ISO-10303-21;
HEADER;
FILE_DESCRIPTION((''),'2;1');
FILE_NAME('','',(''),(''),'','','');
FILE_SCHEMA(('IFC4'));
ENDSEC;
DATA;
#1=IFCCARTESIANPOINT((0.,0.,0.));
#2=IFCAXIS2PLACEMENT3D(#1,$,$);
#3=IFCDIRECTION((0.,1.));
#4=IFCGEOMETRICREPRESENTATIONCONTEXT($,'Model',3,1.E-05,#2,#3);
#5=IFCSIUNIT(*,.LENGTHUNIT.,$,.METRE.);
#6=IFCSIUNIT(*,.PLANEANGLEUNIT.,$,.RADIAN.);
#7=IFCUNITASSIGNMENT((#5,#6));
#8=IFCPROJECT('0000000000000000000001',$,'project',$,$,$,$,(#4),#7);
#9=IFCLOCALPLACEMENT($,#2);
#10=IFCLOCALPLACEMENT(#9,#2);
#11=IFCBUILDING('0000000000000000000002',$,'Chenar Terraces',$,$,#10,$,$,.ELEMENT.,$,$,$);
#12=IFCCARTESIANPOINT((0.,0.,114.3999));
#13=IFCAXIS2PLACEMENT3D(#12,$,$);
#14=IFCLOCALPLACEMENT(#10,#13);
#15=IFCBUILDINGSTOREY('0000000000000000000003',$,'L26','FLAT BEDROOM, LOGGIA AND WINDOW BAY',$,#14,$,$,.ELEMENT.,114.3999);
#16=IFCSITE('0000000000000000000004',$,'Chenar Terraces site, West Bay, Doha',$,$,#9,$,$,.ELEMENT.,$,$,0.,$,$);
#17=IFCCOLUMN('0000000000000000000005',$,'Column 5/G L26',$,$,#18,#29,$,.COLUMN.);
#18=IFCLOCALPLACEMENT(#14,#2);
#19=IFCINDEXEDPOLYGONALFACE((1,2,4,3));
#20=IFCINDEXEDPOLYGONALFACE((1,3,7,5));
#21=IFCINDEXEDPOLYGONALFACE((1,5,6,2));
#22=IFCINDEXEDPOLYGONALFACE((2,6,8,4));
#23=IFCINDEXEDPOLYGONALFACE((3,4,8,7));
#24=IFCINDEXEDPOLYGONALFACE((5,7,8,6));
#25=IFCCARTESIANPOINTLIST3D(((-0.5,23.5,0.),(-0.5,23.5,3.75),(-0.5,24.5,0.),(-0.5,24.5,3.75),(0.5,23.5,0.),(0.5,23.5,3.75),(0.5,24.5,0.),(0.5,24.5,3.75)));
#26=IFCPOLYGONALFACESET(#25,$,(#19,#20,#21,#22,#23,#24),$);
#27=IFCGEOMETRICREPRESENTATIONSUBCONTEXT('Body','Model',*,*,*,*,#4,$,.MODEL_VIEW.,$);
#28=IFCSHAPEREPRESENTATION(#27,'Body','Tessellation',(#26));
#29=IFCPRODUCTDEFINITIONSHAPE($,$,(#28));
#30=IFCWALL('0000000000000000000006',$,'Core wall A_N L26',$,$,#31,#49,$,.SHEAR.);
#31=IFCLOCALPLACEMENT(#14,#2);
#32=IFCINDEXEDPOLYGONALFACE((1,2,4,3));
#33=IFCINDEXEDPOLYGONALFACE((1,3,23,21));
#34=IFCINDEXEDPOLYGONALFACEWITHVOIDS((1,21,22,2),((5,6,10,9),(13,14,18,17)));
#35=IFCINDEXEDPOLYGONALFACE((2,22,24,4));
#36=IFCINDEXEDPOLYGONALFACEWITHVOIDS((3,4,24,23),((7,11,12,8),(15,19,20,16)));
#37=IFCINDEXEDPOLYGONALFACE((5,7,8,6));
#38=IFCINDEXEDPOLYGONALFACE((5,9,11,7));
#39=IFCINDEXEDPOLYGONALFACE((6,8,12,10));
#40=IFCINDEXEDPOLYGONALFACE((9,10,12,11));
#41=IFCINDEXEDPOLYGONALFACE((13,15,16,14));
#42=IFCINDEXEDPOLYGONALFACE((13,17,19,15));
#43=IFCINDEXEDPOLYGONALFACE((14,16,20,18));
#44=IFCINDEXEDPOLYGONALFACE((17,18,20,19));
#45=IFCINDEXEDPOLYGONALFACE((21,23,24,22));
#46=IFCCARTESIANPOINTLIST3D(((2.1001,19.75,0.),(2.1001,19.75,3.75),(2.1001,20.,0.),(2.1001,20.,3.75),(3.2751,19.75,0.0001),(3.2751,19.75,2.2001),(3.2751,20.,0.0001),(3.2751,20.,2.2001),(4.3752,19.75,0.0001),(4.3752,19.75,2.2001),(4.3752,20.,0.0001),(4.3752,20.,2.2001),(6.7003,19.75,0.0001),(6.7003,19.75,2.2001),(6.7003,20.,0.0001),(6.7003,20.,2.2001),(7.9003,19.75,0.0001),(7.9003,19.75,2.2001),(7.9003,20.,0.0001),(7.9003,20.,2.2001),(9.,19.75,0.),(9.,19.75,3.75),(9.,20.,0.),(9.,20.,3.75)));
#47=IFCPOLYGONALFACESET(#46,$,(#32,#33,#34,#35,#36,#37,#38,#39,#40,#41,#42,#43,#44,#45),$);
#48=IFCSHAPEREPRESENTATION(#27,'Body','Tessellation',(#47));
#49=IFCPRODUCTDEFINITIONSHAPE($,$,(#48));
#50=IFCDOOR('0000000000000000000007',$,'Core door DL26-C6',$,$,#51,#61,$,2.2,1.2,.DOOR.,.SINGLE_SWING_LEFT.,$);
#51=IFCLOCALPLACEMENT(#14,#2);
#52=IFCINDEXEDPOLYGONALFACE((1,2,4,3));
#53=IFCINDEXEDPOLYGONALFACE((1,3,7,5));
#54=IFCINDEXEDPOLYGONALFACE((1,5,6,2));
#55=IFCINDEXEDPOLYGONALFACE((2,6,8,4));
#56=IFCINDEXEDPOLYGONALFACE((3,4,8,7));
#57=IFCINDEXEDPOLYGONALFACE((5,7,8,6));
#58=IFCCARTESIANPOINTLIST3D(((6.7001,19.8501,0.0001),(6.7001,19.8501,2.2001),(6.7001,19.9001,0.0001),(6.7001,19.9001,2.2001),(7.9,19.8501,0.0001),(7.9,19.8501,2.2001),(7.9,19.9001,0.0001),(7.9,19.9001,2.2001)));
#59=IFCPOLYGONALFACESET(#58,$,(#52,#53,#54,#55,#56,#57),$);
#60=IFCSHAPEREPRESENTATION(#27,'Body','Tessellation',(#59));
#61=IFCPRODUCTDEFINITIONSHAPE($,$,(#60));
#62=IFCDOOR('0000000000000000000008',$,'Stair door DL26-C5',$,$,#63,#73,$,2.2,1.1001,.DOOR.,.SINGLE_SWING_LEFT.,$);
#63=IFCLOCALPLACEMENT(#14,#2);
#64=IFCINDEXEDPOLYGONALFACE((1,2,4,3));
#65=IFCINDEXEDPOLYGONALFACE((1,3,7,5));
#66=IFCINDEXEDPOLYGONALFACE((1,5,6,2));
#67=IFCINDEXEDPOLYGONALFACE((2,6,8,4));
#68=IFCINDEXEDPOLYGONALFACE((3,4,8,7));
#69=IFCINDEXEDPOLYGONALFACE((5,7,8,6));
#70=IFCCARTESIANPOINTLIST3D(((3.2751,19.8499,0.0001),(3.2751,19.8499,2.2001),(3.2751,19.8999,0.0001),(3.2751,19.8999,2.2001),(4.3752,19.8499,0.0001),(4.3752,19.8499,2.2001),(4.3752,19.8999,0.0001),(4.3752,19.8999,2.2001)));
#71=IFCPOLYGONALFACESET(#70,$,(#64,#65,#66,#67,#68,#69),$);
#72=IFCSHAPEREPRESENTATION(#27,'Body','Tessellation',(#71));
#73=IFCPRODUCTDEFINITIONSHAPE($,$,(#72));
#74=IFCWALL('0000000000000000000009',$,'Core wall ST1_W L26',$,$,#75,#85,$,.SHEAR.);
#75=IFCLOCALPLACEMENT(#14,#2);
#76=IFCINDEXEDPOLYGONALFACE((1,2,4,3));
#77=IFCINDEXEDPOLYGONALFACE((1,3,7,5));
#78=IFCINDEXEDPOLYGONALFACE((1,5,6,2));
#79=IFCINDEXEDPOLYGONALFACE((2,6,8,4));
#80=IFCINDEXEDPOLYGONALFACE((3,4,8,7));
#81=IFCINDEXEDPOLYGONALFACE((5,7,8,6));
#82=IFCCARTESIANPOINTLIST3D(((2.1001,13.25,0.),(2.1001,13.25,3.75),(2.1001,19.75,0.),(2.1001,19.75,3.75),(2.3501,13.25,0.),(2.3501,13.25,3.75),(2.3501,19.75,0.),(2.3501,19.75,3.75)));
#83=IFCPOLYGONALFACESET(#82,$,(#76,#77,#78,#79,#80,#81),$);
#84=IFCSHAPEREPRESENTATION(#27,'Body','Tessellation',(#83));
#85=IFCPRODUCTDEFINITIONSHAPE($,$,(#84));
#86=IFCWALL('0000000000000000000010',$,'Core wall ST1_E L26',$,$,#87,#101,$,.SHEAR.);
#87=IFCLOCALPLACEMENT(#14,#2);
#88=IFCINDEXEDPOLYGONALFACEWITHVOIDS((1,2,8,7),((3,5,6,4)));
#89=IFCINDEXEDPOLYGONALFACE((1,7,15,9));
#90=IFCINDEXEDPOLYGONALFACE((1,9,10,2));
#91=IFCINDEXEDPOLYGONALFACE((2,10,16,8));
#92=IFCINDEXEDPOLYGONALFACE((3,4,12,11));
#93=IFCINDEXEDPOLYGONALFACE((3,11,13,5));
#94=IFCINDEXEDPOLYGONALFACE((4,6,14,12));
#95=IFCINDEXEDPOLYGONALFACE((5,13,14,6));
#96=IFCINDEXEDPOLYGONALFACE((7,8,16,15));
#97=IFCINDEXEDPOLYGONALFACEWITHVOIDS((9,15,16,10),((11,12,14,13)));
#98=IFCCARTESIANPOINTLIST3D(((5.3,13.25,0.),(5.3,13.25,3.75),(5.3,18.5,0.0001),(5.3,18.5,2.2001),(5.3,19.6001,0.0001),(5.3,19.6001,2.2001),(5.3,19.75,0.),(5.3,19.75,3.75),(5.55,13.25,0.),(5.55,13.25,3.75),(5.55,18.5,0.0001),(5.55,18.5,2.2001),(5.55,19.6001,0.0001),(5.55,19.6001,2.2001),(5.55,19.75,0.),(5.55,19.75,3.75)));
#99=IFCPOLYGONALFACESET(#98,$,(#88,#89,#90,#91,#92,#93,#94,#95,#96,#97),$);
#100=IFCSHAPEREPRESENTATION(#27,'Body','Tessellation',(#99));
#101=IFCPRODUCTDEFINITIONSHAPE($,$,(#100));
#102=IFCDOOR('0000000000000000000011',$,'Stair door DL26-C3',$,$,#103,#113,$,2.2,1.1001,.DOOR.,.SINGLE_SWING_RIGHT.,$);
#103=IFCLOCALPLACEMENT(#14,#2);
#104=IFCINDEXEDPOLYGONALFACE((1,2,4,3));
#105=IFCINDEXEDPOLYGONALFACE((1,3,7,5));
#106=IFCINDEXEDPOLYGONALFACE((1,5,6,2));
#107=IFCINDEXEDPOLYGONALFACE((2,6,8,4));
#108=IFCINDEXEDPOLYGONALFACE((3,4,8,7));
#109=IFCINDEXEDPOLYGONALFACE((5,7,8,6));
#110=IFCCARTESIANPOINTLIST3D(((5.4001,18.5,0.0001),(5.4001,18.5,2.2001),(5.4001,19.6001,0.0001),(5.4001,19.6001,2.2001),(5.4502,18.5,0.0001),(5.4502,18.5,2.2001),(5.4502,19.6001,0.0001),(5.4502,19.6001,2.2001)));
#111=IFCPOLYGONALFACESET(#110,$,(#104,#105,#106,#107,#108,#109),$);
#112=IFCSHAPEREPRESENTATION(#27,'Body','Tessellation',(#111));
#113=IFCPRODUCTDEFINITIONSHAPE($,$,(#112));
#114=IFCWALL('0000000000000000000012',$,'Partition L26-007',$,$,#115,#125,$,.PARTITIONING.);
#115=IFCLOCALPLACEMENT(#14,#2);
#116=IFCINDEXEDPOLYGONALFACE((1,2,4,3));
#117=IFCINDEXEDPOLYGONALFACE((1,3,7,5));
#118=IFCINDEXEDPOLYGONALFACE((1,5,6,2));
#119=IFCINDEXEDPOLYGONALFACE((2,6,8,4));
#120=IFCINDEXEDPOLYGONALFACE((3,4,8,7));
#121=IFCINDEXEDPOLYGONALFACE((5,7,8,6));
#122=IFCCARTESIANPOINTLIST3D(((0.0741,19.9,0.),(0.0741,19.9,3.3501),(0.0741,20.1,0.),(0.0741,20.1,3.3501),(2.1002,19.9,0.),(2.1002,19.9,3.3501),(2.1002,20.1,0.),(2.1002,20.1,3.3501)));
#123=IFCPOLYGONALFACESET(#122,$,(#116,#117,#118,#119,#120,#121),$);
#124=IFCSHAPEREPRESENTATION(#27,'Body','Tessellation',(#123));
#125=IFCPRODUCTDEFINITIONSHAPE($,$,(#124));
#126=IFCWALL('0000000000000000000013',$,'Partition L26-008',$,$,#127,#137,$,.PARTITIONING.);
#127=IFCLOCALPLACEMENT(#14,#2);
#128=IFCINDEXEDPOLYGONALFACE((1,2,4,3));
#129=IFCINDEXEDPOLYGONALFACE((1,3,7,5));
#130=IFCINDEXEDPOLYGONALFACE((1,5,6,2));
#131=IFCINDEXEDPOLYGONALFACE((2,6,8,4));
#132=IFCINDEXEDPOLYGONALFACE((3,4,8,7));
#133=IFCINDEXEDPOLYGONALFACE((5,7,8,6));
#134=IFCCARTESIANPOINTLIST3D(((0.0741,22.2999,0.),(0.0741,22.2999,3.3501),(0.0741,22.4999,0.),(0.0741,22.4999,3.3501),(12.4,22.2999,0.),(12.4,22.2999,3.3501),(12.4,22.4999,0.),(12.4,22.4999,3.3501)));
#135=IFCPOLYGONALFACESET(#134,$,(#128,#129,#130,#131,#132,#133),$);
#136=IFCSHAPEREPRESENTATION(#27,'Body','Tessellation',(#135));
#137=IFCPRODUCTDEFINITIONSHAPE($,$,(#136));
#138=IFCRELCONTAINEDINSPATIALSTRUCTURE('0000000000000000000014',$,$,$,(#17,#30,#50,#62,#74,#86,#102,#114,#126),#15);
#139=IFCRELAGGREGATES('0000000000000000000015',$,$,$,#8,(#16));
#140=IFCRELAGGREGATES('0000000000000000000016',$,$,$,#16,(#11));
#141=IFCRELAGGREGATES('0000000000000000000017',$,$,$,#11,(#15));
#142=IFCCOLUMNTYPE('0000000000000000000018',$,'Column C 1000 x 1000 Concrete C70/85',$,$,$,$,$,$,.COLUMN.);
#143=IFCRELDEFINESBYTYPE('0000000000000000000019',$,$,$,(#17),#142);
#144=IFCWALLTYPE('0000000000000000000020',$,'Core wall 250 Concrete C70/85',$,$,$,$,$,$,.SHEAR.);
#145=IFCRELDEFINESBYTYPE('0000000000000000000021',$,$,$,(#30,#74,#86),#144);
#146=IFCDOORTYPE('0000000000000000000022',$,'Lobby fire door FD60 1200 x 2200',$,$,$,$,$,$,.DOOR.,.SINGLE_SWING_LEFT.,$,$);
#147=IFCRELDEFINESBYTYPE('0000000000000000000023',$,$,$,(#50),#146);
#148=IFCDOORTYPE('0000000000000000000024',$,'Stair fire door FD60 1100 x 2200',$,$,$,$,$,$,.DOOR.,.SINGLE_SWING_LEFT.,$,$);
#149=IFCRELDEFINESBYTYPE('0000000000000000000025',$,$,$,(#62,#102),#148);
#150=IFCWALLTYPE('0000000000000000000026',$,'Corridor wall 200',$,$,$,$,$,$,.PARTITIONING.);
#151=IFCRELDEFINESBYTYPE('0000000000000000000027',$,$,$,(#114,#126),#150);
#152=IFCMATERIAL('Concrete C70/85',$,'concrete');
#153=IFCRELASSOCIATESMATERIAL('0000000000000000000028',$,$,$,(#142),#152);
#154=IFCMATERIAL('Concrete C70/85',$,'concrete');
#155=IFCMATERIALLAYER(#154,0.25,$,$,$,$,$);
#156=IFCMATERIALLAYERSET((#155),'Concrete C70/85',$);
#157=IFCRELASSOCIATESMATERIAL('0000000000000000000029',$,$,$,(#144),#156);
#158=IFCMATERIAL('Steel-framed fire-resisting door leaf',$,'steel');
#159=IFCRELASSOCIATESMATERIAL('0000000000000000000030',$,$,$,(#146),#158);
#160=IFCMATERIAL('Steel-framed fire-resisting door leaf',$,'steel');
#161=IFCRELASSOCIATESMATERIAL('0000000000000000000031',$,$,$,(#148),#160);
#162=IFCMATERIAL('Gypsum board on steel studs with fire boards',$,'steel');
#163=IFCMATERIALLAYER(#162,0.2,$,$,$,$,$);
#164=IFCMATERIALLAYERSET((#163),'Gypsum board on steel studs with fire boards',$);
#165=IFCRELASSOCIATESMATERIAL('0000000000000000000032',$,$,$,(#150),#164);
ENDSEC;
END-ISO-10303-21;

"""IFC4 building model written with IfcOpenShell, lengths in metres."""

from ifc_helpers import new_model, si_unit, direction, frame, frame_2d, origin, origin_2d, place, context, subcontext, project, spatial, rectangle, extrude, material, layer, layer_set, material_profile, profile_set, type_object, element, fill, save


model = new_model("IFC4")

# Units and contexts
model_context = context("Model", 3, precision=1e-05, world=origin(), true_north=direction((0.0, 1.0)))
body_context = subcontext(model_context, "Body", "Model", "MODEL_VIEW")
ifc_project = project(units=[si_unit("LENGTHUNIT", "METRE"), si_unit("PLANEANGLEUNIT", "RADIAN")], contexts=[model_context])

# Site, building, storey
site_placement = place(None, origin())
site = spatial("IfcSite", under=ifc_project, at=site_placement, Name="Chenar Terraces site, West Bay, Doha", CompositionType="ELEMENT", RefElevation=0.0)
building_placement = place(site_placement, origin())
building = spatial("IfcBuilding", under=site, at=building_placement, Name="Chenar Terraces", CompositionType="ELEMENT")
storey_placement = place(building_placement, frame((0.0, 0.0, 114.3999)))
storey = spatial("IfcBuildingStorey", under=building, at=storey_placement, Name="L26", Description="FLAT BEDROOM, LOGGIA AND WINDOW BAY", CompositionType="ELEMENT", Elevation=114.3999)

# Column
ifc_material_1 = material(Name="Concrete C70/85", Category="concrete")
ifc_material_profile_1 = material_profile(ifc_material_1, rectangle(XDim=1.0, YDim=1.0, at=origin_2d()), Name="C 1000 x 1000")
ifc_profile_set_1 = profile_set([ifc_material_profile_1], Name="Concrete C70/85")
column_type = type_object("IfcColumnType", Name="Column C 1000 x 1000 Concrete C70/85", PredefinedType="COLUMN", material=ifc_profile_set_1)
column_placement = place(storey_placement, frame((0.0, 24.0, 0.0), z_axis=(0.0, 0.0, 1.0), x_axis=(1.0, 0.0, 0.0)))
element("IfcColumn", 1, at=column_placement, inside=storey, type_object=column_type, Name="Column 5/G L26", PredefinedType="COLUMN", context=body_context, shape_type="SweptSolid", body=[
    extrude(rectangle(XDim=1.0, YDim=1.0, at=origin_2d()), origin(), (0.0, 0.0, 1.0), 3.75),
])

# Wall, openings, doors
ifc_material_2 = material(Name="Concrete C70/85", Category="concrete")
ifc_layer_1 = layer(ifc_material_2, 0.25)
ifc_layer_set_1 = layer_set([ifc_layer_1], Name="Concrete C70/85")
wall_type_1 = type_object("IfcWallType", Name="Core wall 250 Concrete C70/85", PredefinedType="SHEAR", material=ifc_layer_set_1)
wall_1_placement = place(storey_placement, frame((2.1001, 19.875, 0.0), z_axis=(0.0, 0.0, 1.0), x_axis=(1.0, 0.0, 0.0)))
wall_1 = element("IfcWall", 2, at=wall_1_placement, inside=storey, type_object=wall_type_1, Name="Core wall A_N L26", PredefinedType="SHEAR", context=body_context, shape_type="SweptSolid", body=[
    extrude(rectangle(XDim=6.8999, YDim=0.25, at=frame_2d((3.45, 0.0))), origin(), (0.0, 0.0, 1.0), 3.75),
])
opening_1_placement = place(wall_1_placement, frame((1.175, 0.0, 0.0)))
opening_1 = element("IfcOpeningElement", 3, at=opening_1_placement, cuts=wall_1, PredefinedType="OPENING", context=body_context, shape_type="SweptSolid", body=[
    extrude(rectangle(XDim=1.1001, YDim=2.2, at=frame_2d((0.55, 1.1001))), frame((0.0, 0.135, 0.0), z_axis=(0.0, -1.0, 0.0), x_axis=(1.0, 0.0, 0.0)), (0.0, 0.0, 1.0), 0.27),
])
opening_2_placement = place(wall_1_placement, frame((4.6001, 0.0, 0.0)))
opening_2 = element("IfcOpeningElement", 4, at=opening_2_placement, cuts=wall_1, PredefinedType="OPENING", context=body_context, shape_type="SweptSolid", body=[
    extrude(rectangle(XDim=1.2, YDim=2.2, at=frame_2d((0.6001, 1.1001))), frame((0.0, 0.135, 0.0), z_axis=(0.0, -1.0, 0.0), x_axis=(1.0, 0.0, 0.0)), (0.0, 0.0, 1.0), 0.27),
])
ifc_material_3 = material(Name="Steel-framed fire-resisting door leaf", Category="steel")
door_type_1 = type_object("IfcDoorType", Name="Lobby fire door FD60 1200 x 2200", OperationType="SINGLE_SWING_LEFT", PredefinedType="DOOR", material=ifc_material_3)
door_1_placement = place(opening_2_placement, frame((1.2, 0.0, 0.0), z_axis=(0.0, 0.0, 1.0), x_axis=(-1.0, 0.0, 0.0)))
door_1 = element("IfcDoor", 5, at=door_1_placement, inside=storey, type_object=door_type_1, Name="Core door DL26-C6", OperationType="SINGLE_SWING_LEFT", OverallHeight=2.2, OverallWidth=1.2, PredefinedType="DOOR", context=body_context, shape_type="SweptSolid", body=[
    extrude(rectangle(XDim=1.2, YDim=2.2, at=frame_2d((0.6001, 1.1001))), frame((0.0, 0.0249, 0.0), z_axis=(0.0, -1.0, 0.0), x_axis=(1.0, 0.0, 0.0)), (0.0, 0.0, 1.0), 0.05),
])
fill(opening_2, door_1)
ifc_material_4 = material(Name="Steel-framed fire-resisting door leaf", Category="steel")
door_type_2 = type_object("IfcDoorType", Name="Stair fire door FD60 1100 x 2200", OperationType="SINGLE_SWING_LEFT", PredefinedType="DOOR", material=ifc_material_4)
door_2_placement = place(opening_1_placement, origin())
door_2 = element("IfcDoor", 6, at=door_2_placement, inside=storey, type_object=door_type_2, Name="Stair door DL26-C5", OperationType="SINGLE_SWING_LEFT", OverallHeight=2.2, OverallWidth=1.1001, PredefinedType="DOOR", context=body_context, shape_type="SweptSolid", body=[
    extrude(rectangle(XDim=1.1001, YDim=2.2, at=frame_2d((0.55, 1.1001))), frame((0.0, 0.0249, 0.0), z_axis=(0.0, -1.0, 0.0), x_axis=(1.0, 0.0, 0.0)), (0.0, 0.0, 1.0), 0.05),
])
fill(opening_1, door_2)

# Wall
wall_2_placement = place(storey_placement, frame((2.2251, 13.25, 0.0), z_axis=(0.0, 0.0, 1.0), x_axis=(0.0, 1.0, 0.0)))
element("IfcWall", 7, at=wall_2_placement, inside=storey, type_object=wall_type_1, Name="Core wall ST1_W L26", PredefinedType="SHEAR", context=body_context, shape_type="SweptSolid", body=[
    extrude(rectangle(XDim=6.5, YDim=0.25, at=frame_2d((3.25, 0.0))), origin(), (0.0, 0.0, 1.0), 3.75),
])

# Wall, opening, door
wall_3_placement = place(storey_placement, frame((5.425, 13.25, 0.0), z_axis=(0.0, 0.0, 1.0), x_axis=(0.0, 1.0, 0.0)))
wall_3 = element("IfcWall", 8, at=wall_3_placement, inside=storey, type_object=wall_type_1, Name="Core wall ST1_E L26", PredefinedType="SHEAR", context=body_context, shape_type="SweptSolid", body=[
    extrude(rectangle(XDim=6.5, YDim=0.25, at=frame_2d((3.25, 0.0))), origin(), (0.0, 0.0, 1.0), 3.75),
])
opening_3_placement = place(wall_3_placement, frame((5.25, 0.0, 0.0)))
opening_3 = element("IfcOpeningElement", 9, at=opening_3_placement, cuts=wall_3, PredefinedType="OPENING", context=body_context, shape_type="SweptSolid", body=[
    extrude(rectangle(XDim=1.1001, YDim=2.2, at=frame_2d((0.55, 1.1001))), frame((0.0, 0.135, 0.0), z_axis=(0.0, -1.0, 0.0), x_axis=(1.0, 0.0, 0.0)), (0.0, 0.0, 1.0), 0.27),
])
door_3_placement = place(opening_3_placement, origin())
door_3 = element("IfcDoor", 10, at=door_3_placement, inside=storey, type_object=door_type_2, Name="Stair door DL26-C3", OperationType="SINGLE_SWING_RIGHT", OverallHeight=2.2, OverallWidth=1.1001, PredefinedType="DOOR", context=body_context, shape_type="SweptSolid", body=[
    extrude(rectangle(XDim=1.1001, YDim=2.2, at=frame_2d((0.55, 1.1001))), frame((0.0, 0.0249, 0.0), z_axis=(0.0, -1.0, 0.0), x_axis=(1.0, 0.0, 0.0)), (0.0, 0.0, 1.0), 0.05),
])
fill(opening_3, door_3)

# Walls
ifc_material_5 = material(Name="Gypsum board on steel studs with fire boards", Category="steel")
ifc_layer_2 = layer(ifc_material_5, 0.2)
ifc_layer_set_2 = layer_set([ifc_layer_2], Name="Gypsum board on steel studs with fire boards")
wall_type_2 = type_object("IfcWallType", Name="Corridor wall 200", PredefinedType="PARTITIONING", material=ifc_layer_set_2)
wall_4_placement = place(storey_placement, frame((0.074, 20.0, 0.0), z_axis=(0.0, 0.0, 1.0), x_axis=(1.0, 0.0, 0.0)))
element("IfcWall", 11, at=wall_4_placement, inside=storey, type_object=wall_type_2, Name="Partition L26-007", PredefinedType="PARTITIONING", context=body_context, shape_type="SweptSolid", body=[
    extrude(rectangle(XDim=2.0261, YDim=0.2, at=frame_2d((1.0132, 0.0))), origin(), (0.0, 0.0, 1.0), 3.3501),
])
wall_5_placement = place(storey_placement, frame((0.074, 22.3999, 0.0), z_axis=(0.0, 0.0, 1.0), x_axis=(1.0, 0.0, 0.0)))
element("IfcWall", 12, at=wall_5_placement, inside=storey, type_object=wall_type_2, Name="Partition L26-008", PredefinedType="PARTITIONING", context=body_context, shape_type="SweptSolid", body=[
    extrude(rectangle(XDim=12.3259, YDim=0.2, at=frame_2d((6.1631, 0.0))), origin(), (0.0, 0.0, 1.0), 3.3501),
])

save(model, "model.ifc")
